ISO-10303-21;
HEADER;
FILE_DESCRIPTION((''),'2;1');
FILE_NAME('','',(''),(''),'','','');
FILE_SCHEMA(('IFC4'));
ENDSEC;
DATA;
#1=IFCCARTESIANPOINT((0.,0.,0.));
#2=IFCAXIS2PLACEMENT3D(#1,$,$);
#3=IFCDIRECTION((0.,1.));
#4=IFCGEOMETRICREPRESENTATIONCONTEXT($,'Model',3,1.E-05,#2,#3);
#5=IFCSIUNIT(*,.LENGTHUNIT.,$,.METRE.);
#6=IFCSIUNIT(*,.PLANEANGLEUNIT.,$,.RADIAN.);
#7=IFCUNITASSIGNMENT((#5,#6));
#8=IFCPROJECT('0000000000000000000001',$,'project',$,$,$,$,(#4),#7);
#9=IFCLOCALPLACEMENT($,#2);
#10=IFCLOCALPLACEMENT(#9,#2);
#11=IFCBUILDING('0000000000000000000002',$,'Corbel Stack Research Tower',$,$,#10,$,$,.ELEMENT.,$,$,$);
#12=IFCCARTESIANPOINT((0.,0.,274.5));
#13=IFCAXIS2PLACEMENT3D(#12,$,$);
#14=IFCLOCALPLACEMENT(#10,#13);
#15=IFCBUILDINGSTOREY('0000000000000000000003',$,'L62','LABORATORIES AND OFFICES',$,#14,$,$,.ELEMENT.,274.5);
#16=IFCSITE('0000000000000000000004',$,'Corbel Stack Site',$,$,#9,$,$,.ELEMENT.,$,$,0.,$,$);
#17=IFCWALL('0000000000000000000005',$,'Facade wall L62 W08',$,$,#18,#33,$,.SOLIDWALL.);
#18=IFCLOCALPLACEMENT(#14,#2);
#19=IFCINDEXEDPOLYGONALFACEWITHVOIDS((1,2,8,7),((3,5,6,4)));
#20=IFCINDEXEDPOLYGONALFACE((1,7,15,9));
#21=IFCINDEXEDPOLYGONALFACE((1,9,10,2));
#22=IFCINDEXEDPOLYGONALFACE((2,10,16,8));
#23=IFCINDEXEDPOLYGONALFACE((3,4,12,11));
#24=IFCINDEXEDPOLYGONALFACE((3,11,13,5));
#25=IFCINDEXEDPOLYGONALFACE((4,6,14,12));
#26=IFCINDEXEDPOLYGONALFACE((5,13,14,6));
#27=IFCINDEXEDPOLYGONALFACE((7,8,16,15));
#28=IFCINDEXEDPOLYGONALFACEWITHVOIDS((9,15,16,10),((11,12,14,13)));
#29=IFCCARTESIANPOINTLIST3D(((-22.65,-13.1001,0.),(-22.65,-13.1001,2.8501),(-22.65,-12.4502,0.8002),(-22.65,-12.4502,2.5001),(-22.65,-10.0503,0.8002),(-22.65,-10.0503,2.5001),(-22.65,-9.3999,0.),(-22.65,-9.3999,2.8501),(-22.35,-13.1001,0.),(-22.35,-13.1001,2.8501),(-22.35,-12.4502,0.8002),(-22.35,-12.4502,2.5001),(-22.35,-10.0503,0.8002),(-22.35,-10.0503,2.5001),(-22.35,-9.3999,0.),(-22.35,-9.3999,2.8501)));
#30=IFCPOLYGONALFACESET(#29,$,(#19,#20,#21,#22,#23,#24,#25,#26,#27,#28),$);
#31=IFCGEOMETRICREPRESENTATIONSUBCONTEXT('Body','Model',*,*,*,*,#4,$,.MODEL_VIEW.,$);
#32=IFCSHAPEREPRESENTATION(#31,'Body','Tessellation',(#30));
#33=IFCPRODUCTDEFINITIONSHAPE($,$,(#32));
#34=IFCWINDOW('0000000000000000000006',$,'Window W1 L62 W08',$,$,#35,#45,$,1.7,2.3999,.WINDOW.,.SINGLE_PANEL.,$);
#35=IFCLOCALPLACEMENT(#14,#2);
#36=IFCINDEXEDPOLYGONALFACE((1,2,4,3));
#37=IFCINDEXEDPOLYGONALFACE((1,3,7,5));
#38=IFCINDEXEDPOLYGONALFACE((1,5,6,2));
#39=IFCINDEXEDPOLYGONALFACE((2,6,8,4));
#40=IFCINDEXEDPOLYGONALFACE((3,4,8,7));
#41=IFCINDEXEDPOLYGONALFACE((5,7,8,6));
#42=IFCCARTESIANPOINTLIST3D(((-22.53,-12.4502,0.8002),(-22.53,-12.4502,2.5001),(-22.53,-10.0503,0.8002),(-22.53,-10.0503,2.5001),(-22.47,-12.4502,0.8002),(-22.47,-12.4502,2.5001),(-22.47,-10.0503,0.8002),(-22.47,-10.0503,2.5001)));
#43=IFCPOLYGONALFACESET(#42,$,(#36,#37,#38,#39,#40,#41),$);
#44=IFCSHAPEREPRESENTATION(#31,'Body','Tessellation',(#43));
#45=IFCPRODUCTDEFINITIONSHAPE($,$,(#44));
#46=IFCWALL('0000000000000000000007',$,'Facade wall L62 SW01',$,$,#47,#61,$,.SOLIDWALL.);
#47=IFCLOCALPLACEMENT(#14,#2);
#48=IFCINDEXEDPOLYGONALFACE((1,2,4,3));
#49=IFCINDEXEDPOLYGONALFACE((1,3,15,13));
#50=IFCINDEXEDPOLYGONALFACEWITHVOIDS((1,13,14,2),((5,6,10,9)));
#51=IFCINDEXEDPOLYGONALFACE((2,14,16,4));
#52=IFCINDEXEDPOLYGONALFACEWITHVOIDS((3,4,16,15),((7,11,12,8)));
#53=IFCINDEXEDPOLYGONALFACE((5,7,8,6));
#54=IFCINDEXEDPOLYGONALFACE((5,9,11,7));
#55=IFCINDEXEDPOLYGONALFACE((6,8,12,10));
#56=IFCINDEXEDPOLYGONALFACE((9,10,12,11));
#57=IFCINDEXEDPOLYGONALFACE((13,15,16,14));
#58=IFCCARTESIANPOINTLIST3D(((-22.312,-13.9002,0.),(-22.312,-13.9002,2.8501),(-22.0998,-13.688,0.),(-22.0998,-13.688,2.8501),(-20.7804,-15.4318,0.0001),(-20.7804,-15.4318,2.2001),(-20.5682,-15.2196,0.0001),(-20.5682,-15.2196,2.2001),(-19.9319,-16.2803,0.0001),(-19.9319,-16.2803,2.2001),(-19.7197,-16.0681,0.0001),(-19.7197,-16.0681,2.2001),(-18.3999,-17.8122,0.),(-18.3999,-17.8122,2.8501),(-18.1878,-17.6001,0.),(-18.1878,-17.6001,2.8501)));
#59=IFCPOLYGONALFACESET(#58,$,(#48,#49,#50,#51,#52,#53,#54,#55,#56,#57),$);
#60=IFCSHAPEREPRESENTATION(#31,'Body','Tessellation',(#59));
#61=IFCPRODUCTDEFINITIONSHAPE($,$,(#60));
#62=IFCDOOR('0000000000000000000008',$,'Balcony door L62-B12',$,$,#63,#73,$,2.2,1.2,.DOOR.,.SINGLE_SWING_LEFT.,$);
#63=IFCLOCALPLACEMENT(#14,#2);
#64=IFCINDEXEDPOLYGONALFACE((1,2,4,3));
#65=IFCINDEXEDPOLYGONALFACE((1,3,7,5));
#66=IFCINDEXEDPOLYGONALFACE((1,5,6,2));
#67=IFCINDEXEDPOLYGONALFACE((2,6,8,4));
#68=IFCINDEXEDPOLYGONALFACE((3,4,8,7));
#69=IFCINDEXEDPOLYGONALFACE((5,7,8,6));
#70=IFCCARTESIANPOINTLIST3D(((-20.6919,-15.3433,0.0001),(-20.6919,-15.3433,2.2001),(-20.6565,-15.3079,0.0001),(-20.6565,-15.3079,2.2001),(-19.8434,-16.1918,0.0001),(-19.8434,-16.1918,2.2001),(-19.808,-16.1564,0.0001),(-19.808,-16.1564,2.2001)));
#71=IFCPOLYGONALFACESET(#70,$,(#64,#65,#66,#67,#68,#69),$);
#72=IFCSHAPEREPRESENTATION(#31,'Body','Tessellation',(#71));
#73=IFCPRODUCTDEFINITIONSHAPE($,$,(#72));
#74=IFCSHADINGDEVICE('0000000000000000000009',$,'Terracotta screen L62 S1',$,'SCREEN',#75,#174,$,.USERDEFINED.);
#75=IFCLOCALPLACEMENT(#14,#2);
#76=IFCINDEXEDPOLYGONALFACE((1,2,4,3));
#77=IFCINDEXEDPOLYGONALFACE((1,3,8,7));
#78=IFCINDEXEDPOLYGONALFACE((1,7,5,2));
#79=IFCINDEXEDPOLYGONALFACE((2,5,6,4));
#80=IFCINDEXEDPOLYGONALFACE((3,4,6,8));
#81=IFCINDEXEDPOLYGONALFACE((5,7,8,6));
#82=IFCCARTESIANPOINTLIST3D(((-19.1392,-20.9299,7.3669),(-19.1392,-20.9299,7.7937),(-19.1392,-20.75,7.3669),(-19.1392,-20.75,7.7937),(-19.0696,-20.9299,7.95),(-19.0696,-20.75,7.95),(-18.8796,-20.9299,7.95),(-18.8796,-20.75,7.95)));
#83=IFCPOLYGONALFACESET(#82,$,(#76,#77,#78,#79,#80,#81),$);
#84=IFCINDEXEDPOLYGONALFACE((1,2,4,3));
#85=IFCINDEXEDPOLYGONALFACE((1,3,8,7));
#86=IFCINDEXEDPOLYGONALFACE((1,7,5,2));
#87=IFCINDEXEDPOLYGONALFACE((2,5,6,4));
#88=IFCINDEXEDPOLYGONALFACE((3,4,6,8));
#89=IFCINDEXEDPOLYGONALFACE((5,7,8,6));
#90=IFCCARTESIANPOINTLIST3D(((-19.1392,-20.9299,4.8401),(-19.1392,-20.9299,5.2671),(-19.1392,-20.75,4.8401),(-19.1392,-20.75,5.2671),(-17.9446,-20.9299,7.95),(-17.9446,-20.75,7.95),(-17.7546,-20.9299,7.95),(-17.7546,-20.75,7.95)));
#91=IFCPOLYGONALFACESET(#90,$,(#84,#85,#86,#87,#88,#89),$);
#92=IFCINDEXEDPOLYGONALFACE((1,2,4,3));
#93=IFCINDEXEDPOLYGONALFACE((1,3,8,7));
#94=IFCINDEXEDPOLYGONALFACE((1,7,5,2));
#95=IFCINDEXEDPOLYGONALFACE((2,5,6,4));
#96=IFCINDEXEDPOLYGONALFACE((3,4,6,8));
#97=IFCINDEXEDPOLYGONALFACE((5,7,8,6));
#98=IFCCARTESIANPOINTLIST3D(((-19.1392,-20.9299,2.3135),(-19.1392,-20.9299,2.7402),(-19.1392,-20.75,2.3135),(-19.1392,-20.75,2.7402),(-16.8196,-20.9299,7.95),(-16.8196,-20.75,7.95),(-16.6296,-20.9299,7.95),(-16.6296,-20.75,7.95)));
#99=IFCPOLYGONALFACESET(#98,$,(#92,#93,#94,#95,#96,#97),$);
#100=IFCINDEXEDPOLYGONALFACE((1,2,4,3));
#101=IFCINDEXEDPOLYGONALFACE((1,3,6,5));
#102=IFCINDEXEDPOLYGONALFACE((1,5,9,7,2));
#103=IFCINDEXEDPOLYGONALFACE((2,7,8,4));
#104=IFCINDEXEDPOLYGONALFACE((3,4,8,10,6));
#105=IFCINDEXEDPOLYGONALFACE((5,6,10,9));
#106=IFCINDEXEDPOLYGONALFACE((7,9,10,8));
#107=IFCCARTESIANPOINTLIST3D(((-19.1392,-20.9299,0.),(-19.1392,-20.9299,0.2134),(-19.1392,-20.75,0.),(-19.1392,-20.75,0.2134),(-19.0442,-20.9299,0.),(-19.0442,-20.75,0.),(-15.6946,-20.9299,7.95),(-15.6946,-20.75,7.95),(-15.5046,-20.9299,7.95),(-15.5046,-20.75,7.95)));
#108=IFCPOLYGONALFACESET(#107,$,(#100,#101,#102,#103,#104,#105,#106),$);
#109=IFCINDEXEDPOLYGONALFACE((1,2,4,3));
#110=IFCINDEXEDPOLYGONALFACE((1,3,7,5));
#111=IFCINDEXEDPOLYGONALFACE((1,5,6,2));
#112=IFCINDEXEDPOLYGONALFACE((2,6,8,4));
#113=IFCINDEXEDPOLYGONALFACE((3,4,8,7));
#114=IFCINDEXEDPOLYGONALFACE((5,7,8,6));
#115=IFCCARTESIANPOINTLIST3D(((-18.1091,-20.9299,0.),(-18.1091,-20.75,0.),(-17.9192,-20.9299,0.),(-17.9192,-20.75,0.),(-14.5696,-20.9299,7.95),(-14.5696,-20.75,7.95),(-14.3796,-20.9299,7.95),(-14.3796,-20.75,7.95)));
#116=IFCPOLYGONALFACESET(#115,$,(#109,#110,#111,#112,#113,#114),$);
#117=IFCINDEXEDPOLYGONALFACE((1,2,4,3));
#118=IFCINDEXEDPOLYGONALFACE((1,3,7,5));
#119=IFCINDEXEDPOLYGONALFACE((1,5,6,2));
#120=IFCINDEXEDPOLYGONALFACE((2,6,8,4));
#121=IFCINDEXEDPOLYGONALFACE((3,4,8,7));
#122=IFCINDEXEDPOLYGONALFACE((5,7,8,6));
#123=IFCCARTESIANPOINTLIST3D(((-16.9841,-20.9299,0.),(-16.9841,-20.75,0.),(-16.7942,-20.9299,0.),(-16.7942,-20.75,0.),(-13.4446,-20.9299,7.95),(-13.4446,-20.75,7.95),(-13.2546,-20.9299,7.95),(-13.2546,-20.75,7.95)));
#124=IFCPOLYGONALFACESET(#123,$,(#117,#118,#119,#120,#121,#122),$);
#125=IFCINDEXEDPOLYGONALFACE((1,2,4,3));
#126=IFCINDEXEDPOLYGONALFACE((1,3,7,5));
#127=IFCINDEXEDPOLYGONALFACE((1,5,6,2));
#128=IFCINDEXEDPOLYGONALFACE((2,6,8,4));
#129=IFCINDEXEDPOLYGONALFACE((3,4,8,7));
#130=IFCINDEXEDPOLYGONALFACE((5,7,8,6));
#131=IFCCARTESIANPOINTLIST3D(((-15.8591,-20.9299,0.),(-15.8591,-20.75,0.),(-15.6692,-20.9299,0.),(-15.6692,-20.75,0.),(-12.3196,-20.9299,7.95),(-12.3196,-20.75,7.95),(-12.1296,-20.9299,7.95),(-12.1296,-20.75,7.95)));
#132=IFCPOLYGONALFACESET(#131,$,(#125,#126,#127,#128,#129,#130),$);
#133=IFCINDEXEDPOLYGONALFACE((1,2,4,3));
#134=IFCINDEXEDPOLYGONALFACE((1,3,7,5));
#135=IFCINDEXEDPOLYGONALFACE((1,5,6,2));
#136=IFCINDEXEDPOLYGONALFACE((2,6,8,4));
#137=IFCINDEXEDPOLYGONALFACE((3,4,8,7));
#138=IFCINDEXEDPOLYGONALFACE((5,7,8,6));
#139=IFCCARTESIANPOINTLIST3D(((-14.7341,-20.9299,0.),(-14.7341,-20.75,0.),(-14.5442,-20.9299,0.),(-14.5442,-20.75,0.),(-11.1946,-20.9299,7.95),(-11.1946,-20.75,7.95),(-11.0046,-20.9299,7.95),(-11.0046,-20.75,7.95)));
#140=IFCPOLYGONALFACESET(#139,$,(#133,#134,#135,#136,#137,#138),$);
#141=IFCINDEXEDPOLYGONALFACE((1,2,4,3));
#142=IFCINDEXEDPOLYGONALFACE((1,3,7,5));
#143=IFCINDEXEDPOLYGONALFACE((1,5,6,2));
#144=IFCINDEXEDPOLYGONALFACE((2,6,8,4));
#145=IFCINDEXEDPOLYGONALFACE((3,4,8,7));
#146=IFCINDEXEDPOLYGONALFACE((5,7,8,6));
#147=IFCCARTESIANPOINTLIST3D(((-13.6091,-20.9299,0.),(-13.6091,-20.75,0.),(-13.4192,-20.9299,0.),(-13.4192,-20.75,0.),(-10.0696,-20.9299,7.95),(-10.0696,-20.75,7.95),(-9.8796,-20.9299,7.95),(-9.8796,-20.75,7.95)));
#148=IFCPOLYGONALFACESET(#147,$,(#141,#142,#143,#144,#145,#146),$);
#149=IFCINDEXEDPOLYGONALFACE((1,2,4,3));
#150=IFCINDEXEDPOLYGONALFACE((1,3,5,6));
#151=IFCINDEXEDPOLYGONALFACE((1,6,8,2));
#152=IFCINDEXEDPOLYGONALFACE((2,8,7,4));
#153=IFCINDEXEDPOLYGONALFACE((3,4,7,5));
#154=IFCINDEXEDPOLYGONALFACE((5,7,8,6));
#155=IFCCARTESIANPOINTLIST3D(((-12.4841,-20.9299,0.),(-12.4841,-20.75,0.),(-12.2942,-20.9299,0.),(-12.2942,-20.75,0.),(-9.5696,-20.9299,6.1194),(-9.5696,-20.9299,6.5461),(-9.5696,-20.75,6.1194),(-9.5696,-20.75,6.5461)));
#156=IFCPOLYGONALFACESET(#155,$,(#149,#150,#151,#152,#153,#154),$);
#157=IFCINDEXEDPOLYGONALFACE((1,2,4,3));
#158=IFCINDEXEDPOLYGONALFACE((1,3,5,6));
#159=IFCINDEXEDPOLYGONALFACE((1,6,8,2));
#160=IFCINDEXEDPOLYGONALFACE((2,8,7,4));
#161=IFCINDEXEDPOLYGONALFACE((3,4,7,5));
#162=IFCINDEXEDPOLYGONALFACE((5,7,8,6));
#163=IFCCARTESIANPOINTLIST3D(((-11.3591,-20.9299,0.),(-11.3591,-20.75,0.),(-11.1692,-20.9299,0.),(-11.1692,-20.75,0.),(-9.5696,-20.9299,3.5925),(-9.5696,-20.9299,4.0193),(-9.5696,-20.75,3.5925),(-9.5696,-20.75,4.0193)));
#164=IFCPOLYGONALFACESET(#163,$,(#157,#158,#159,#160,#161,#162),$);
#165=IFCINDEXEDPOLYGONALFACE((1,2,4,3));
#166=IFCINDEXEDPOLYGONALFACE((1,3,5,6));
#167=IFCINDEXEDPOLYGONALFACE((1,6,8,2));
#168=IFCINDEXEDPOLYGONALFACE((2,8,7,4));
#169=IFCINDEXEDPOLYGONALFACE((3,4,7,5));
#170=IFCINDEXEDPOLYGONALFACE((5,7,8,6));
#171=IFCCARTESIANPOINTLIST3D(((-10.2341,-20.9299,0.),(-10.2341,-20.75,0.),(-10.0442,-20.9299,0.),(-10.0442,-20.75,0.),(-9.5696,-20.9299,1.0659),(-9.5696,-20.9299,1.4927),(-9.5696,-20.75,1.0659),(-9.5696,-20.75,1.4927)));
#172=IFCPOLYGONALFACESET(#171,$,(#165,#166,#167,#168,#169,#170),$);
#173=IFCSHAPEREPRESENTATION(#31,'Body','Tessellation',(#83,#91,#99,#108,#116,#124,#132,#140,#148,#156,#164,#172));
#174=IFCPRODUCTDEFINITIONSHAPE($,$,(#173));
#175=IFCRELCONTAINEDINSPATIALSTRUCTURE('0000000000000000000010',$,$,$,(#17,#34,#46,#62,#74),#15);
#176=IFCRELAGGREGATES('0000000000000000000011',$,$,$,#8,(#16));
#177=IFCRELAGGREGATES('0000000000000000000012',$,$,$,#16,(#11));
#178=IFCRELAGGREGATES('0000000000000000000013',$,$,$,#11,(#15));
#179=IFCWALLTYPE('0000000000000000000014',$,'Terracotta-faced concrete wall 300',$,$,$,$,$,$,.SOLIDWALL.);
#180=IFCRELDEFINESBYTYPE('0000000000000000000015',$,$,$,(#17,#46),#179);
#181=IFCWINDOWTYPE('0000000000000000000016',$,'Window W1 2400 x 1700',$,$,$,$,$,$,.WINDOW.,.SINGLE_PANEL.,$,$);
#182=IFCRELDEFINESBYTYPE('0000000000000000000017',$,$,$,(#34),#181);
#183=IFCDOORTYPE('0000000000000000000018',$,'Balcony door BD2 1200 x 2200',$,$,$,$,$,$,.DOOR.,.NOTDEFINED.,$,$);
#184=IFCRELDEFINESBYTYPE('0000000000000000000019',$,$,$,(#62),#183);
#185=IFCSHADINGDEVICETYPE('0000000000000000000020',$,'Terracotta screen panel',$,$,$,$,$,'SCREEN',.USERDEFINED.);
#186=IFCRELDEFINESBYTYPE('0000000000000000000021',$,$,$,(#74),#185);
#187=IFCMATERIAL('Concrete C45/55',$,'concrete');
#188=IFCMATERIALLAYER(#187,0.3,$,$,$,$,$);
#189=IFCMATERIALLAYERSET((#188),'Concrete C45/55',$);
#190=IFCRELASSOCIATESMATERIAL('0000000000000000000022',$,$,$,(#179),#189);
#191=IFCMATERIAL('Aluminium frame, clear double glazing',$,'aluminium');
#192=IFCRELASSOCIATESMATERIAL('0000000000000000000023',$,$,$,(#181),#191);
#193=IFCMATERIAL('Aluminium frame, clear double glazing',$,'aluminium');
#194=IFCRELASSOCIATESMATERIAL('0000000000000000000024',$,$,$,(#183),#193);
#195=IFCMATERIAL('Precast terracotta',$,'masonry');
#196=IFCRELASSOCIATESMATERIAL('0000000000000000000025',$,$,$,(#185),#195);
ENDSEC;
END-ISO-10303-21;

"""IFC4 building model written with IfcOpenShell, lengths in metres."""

from ifc_helpers import new_model, si_unit, direction, frame, frame_2d, origin, place, context, subcontext, project, spatial, polyline, rectangle, outline, extrude, source, transform, mapped, material, layer, layer_set, type_object, element, fill, save


model = new_model("IFC4")

# Units and contexts
model_context = context("Model", 3, precision=1e-05, world=origin(), true_north=direction((0.0, 1.0)))
body_context = subcontext(model_context, "Body", "Model", "MODEL_VIEW")
ifc_project = project(units=[si_unit("LENGTHUNIT", "METRE"), si_unit("PLANEANGLEUNIT", "RADIAN")], contexts=[model_context])

# Site, building, storey
site_placement = place(None, origin())
site = spatial("IfcSite", under=ifc_project, at=site_placement, Name="Corbel Stack Site", CompositionType="ELEMENT", RefElevation=0.0)
building_placement = place(site_placement, origin())
building = spatial("IfcBuilding", under=site, at=building_placement, Name="Corbel Stack Research Tower", CompositionType="ELEMENT")
storey_placement = place(building_placement, frame((0.0, 0.0, 274.5)))
storey = spatial("IfcBuildingStorey", under=building, at=storey_placement, Name="L62", Description="LABORATORIES AND OFFICES", CompositionType="ELEMENT", Elevation=274.5)

# Wall, opening, window
ifc_material_1 = material(Name="Concrete C45/55", Category="concrete")
ifc_layer_1 = layer(ifc_material_1, 0.3)
ifc_layer_set_1 = layer_set([ifc_layer_1], Name="Concrete C45/55")
wall_type_1 = type_object("IfcWallType", Name="Terracotta-faced concrete wall 300", PredefinedType="SOLIDWALL", material=ifc_layer_set_1)
ifc_material_2 = material(Name="Aluminium frame, clear double glazing", Category="aluminium")
window_type = type_object("IfcWindowType", Name="Window W1 2400 x 1700", PartitioningType="SINGLE_PANEL", PredefinedType="WINDOW", material=ifc_material_2)
wall_1_placement = place(storey_placement, frame((-22.5, -13.1001, 0.0), z_axis=(0.0, 0.0, 1.0), x_axis=(0.0, 1.0, 0.0)))
wall_1 = element("IfcWall", 1, at=wall_1_placement, inside=storey, type_object=wall_type_1, Name="Facade wall L62 W08", PredefinedType="SOLIDWALL", context=body_context, shape_type="SweptSolid", body=[
    extrude(rectangle(XDim=3.7002, YDim=0.3, at=frame_2d((1.8501, 0.0))), origin(), (0.0, 0.0, 1.0), 2.8501),
])
opening_1_placement = place(wall_1_placement, frame((0.6499, 0.0, 0.8)))
opening_1 = element("IfcOpeningElement", 2, at=opening_1_placement, cuts=wall_1, PredefinedType="OPENING", context=body_context, shape_type="SweptSolid", body=[
    extrude(rectangle(XDim=2.3999, YDim=1.7, at=frame_2d((1.2, 0.8501))), frame((0.0, 0.1599, 0.0), z_axis=(0.0, -1.0, 0.0), x_axis=(1.0, 0.0, 0.0)), (0.0, 0.0, 1.0), 0.3201),
])
window_1_placement = place(opening_1_placement, origin())
window_1 = element("IfcWindow", 3, at=window_1_placement, inside=storey, type_object=window_type, Name="Window W1 L62 W08", OverallHeight=1.7, OverallWidth=2.3999, PartitioningType="SINGLE_PANEL", PredefinedType="WINDOW", context=body_context, shape_type="SweptSolid", body=[
    extrude(rectangle(XDim=2.3999, YDim=1.7, at=frame_2d((1.2, 0.8501))), frame((0.0, 0.03, 0.0), z_axis=(0.0, -1.0, 0.0), x_axis=(1.0, 0.0, 0.0)), (0.0, 0.0, 1.0), 0.0601),
])
fill(opening_1, window_1)

# Wall, opening, door
wall_2_placement = place(storey_placement, frame((-18.2939, -17.7061, 0.0), z_axis=(0.0, 0.0, 1.0), x_axis=(-0.707107, 0.707107, 0.0)))
wall_2 = element("IfcWall", 4, at=wall_2_placement, inside=storey, type_object=wall_type_1, Name="Facade wall L62 SW01", PredefinedType="SOLIDWALL", context=body_context, shape_type="SweptSolid", body=[
    extrude(rectangle(XDim=5.5325, YDim=0.3, at=frame_2d((2.7661, 0.0))), origin(), (0.0, 0.0, 1.0), 2.8501),
])
opening_2_placement = place(wall_2_placement, frame((2.1663, 0.0, 0.0)))
opening_2 = element("IfcOpeningElement", 5, at=opening_2_placement, cuts=wall_2, PredefinedType="OPENING", context=body_context, shape_type="SweptSolid", body=[
    extrude(rectangle(XDim=1.2, YDim=2.2, at=frame_2d((0.6001, 1.1001))), frame((0.0, 0.1599, 0.0), z_axis=(0.0, -1.0, 0.0), x_axis=(1.0, 0.0, 0.0)), (0.0, 0.0, 1.0), 0.3201),
])
ifc_material_3 = material(Name="Aluminium frame, clear double glazing", Category="aluminium")
door_type_1 = type_object("IfcDoorType", Name="Balcony door BD2 1200 x 2200", OperationType="NOTDEFINED", PredefinedType="DOOR", material=ifc_material_3)
door_1_placement = place(opening_2_placement, origin())
door_1 = element("IfcDoor", 6, at=door_1_placement, inside=storey, type_object=door_type_1, Name="Balcony door L62-B12", OperationType="SINGLE_SWING_LEFT", OverallHeight=2.2, OverallWidth=1.2, PredefinedType="DOOR", context=body_context, shape_type="SweptSolid", body=[
    extrude(rectangle(XDim=1.2, YDim=2.2, at=frame_2d((0.6001, 1.1001))), frame((0.0, 0.0249, 0.0), z_axis=(0.0, -1.0, 0.0), x_axis=(1.0, 0.0, 0.0)), (0.0, 0.0, 1.0), 0.05),
])
fill(opening_2, door_1)

# Shading device
ifc_material_4 = material(Name="Precast terracotta", Category="masonry")
shading_device_type = type_object("IfcShadingDeviceType", Name="Terracotta screen panel", ElementType="SCREEN", PredefinedType="USERDEFINED", material=ifc_material_4)
shared_shape_1 = source(origin(), body_context, "Body", "SweptSolid", [
    extrude(outline(polyline([(0.2595, 7.95), (0.0696, 7.95), (0.0, 7.7937), (0.0, 7.3669), (0.2595, 7.95)])), frame((0.0, 0.0, 0.0), z_axis=(0.0, -1.0, 0.0), x_axis=(1.0, 0.0, 0.0)), (0.0, 0.0, 1.0), 0.1799),
    extrude(outline(polyline([(1.3845, 7.95), (1.1946, 7.95), (0.0, 5.2671), (0.0, 4.8401), (1.3845, 7.95)])), frame((0.0, 0.0, 0.0), z_axis=(0.0, -1.0, 0.0), x_axis=(1.0, 0.0, 0.0)), (0.0, 0.0, 1.0), 0.1799),
    extrude(outline(polyline([(2.5095, 7.95), (2.3196, 7.95), (0.0, 2.7402), (0.0, 2.3135), (2.5095, 7.95)])), frame((0.0, 0.0, 0.0), z_axis=(0.0, -1.0, 0.0), x_axis=(1.0, 0.0, 0.0)), (0.0, 0.0, 1.0), 0.1799),
    extrude(outline(polyline([(0.095, 0.0), (3.6345, 7.95), (3.4446, 7.95), (0.0, 0.2134), (0.0, 0.0), (0.095, 0.0)])), frame((0.0, 0.0, 0.0), z_axis=(0.0, -1.0, 0.0), x_axis=(1.0, 0.0, 0.0)), (0.0, 0.0, 1.0), 0.1799),
    extrude(outline(polyline([(1.22, 0.0), (4.7595, 7.95), (4.5696, 7.95), (1.03, 0.0), (1.22, 0.0)])), frame((0.0, 0.0, 0.0), z_axis=(0.0, -1.0, 0.0), x_axis=(1.0, 0.0, 0.0)), (0.0, 0.0, 1.0), 0.1799),
    extrude(outline(polyline([(2.345, 0.0), (5.8845, 7.95), (5.6946, 7.95), (2.155, 0.0), (2.345, 0.0)])), frame((0.0, 0.0, 0.0), z_axis=(0.0, -1.0, 0.0), x_axis=(1.0, 0.0, 0.0)), (0.0, 0.0, 1.0), 0.1799),
    extrude(outline(polyline([(3.47, 0.0), (7.0095, 7.95), (6.8196, 7.95), (3.28, 0.0), (3.47, 0.0)])), frame((0.0, 0.0, 0.0), z_axis=(0.0, -1.0, 0.0), x_axis=(1.0, 0.0, 0.0)), (0.0, 0.0, 1.0), 0.1799),
    extrude(outline(polyline([(4.595, 0.0), (8.1345, 7.95), (7.9446, 7.95), (4.405, 0.0), (4.595, 0.0)])), frame((0.0, 0.0, 0.0), z_axis=(0.0, -1.0, 0.0), x_axis=(1.0, 0.0, 0.0)), (0.0, 0.0, 1.0), 0.1799),
    extrude(outline(polyline([(5.72, 0.0), (9.2595, 7.95), (9.0696, 7.95), (5.53, 0.0), (5.72, 0.0)])), frame((0.0, 0.0, 0.0), z_axis=(0.0, -1.0, 0.0), x_axis=(1.0, 0.0, 0.0)), (0.0, 0.0, 1.0), 0.1799),
    extrude(outline(polyline([(6.845, 0.0), (9.5696, 6.1194), (9.5696, 6.5461), (6.655, 0.0), (6.845, 0.0)])), frame((0.0, 0.0, 0.0), z_axis=(0.0, -1.0, 0.0), x_axis=(1.0, 0.0, 0.0)), (0.0, 0.0, 1.0), 0.1799),
    extrude(outline(polyline([(7.97, 0.0), (9.5696, 3.5925), (9.5696, 4.0193), (7.78, 0.0), (7.97, 0.0)])), frame((0.0, 0.0, 0.0), z_axis=(0.0, -1.0, 0.0), x_axis=(1.0, 0.0, 0.0)), (0.0, 0.0, 1.0), 0.1799),
    extrude(outline(polyline([(9.095, 0.0), (9.5696, 1.0659), (9.5696, 1.4927), (8.905, 0.0), (9.095, 0.0)])), frame((0.0, 0.0, 0.0), z_axis=(0.0, -1.0, 0.0), x_axis=(1.0, 0.0, 0.0)), (0.0, 0.0, 1.0), 0.1799),
])
shading_device_1_placement = place(storey_placement, frame((-19.1392, -20.75, 0.0), z_axis=(0.0, 0.0, 1.0), x_axis=(1.0, 0.0, 0.0)))
element("IfcShadingDevice", 7, at=shading_device_1_placement, inside=storey, type_object=shading_device_type, Name="Terracotta screen L62 S1", ObjectType="SCREEN", PredefinedType="USERDEFINED", context=body_context, shape_type="MappedRepresentation", body=[
    mapped(shared_shape_1, transform((0.0, 0.0, 0.0))),
])

save(model, "model.ifc")
